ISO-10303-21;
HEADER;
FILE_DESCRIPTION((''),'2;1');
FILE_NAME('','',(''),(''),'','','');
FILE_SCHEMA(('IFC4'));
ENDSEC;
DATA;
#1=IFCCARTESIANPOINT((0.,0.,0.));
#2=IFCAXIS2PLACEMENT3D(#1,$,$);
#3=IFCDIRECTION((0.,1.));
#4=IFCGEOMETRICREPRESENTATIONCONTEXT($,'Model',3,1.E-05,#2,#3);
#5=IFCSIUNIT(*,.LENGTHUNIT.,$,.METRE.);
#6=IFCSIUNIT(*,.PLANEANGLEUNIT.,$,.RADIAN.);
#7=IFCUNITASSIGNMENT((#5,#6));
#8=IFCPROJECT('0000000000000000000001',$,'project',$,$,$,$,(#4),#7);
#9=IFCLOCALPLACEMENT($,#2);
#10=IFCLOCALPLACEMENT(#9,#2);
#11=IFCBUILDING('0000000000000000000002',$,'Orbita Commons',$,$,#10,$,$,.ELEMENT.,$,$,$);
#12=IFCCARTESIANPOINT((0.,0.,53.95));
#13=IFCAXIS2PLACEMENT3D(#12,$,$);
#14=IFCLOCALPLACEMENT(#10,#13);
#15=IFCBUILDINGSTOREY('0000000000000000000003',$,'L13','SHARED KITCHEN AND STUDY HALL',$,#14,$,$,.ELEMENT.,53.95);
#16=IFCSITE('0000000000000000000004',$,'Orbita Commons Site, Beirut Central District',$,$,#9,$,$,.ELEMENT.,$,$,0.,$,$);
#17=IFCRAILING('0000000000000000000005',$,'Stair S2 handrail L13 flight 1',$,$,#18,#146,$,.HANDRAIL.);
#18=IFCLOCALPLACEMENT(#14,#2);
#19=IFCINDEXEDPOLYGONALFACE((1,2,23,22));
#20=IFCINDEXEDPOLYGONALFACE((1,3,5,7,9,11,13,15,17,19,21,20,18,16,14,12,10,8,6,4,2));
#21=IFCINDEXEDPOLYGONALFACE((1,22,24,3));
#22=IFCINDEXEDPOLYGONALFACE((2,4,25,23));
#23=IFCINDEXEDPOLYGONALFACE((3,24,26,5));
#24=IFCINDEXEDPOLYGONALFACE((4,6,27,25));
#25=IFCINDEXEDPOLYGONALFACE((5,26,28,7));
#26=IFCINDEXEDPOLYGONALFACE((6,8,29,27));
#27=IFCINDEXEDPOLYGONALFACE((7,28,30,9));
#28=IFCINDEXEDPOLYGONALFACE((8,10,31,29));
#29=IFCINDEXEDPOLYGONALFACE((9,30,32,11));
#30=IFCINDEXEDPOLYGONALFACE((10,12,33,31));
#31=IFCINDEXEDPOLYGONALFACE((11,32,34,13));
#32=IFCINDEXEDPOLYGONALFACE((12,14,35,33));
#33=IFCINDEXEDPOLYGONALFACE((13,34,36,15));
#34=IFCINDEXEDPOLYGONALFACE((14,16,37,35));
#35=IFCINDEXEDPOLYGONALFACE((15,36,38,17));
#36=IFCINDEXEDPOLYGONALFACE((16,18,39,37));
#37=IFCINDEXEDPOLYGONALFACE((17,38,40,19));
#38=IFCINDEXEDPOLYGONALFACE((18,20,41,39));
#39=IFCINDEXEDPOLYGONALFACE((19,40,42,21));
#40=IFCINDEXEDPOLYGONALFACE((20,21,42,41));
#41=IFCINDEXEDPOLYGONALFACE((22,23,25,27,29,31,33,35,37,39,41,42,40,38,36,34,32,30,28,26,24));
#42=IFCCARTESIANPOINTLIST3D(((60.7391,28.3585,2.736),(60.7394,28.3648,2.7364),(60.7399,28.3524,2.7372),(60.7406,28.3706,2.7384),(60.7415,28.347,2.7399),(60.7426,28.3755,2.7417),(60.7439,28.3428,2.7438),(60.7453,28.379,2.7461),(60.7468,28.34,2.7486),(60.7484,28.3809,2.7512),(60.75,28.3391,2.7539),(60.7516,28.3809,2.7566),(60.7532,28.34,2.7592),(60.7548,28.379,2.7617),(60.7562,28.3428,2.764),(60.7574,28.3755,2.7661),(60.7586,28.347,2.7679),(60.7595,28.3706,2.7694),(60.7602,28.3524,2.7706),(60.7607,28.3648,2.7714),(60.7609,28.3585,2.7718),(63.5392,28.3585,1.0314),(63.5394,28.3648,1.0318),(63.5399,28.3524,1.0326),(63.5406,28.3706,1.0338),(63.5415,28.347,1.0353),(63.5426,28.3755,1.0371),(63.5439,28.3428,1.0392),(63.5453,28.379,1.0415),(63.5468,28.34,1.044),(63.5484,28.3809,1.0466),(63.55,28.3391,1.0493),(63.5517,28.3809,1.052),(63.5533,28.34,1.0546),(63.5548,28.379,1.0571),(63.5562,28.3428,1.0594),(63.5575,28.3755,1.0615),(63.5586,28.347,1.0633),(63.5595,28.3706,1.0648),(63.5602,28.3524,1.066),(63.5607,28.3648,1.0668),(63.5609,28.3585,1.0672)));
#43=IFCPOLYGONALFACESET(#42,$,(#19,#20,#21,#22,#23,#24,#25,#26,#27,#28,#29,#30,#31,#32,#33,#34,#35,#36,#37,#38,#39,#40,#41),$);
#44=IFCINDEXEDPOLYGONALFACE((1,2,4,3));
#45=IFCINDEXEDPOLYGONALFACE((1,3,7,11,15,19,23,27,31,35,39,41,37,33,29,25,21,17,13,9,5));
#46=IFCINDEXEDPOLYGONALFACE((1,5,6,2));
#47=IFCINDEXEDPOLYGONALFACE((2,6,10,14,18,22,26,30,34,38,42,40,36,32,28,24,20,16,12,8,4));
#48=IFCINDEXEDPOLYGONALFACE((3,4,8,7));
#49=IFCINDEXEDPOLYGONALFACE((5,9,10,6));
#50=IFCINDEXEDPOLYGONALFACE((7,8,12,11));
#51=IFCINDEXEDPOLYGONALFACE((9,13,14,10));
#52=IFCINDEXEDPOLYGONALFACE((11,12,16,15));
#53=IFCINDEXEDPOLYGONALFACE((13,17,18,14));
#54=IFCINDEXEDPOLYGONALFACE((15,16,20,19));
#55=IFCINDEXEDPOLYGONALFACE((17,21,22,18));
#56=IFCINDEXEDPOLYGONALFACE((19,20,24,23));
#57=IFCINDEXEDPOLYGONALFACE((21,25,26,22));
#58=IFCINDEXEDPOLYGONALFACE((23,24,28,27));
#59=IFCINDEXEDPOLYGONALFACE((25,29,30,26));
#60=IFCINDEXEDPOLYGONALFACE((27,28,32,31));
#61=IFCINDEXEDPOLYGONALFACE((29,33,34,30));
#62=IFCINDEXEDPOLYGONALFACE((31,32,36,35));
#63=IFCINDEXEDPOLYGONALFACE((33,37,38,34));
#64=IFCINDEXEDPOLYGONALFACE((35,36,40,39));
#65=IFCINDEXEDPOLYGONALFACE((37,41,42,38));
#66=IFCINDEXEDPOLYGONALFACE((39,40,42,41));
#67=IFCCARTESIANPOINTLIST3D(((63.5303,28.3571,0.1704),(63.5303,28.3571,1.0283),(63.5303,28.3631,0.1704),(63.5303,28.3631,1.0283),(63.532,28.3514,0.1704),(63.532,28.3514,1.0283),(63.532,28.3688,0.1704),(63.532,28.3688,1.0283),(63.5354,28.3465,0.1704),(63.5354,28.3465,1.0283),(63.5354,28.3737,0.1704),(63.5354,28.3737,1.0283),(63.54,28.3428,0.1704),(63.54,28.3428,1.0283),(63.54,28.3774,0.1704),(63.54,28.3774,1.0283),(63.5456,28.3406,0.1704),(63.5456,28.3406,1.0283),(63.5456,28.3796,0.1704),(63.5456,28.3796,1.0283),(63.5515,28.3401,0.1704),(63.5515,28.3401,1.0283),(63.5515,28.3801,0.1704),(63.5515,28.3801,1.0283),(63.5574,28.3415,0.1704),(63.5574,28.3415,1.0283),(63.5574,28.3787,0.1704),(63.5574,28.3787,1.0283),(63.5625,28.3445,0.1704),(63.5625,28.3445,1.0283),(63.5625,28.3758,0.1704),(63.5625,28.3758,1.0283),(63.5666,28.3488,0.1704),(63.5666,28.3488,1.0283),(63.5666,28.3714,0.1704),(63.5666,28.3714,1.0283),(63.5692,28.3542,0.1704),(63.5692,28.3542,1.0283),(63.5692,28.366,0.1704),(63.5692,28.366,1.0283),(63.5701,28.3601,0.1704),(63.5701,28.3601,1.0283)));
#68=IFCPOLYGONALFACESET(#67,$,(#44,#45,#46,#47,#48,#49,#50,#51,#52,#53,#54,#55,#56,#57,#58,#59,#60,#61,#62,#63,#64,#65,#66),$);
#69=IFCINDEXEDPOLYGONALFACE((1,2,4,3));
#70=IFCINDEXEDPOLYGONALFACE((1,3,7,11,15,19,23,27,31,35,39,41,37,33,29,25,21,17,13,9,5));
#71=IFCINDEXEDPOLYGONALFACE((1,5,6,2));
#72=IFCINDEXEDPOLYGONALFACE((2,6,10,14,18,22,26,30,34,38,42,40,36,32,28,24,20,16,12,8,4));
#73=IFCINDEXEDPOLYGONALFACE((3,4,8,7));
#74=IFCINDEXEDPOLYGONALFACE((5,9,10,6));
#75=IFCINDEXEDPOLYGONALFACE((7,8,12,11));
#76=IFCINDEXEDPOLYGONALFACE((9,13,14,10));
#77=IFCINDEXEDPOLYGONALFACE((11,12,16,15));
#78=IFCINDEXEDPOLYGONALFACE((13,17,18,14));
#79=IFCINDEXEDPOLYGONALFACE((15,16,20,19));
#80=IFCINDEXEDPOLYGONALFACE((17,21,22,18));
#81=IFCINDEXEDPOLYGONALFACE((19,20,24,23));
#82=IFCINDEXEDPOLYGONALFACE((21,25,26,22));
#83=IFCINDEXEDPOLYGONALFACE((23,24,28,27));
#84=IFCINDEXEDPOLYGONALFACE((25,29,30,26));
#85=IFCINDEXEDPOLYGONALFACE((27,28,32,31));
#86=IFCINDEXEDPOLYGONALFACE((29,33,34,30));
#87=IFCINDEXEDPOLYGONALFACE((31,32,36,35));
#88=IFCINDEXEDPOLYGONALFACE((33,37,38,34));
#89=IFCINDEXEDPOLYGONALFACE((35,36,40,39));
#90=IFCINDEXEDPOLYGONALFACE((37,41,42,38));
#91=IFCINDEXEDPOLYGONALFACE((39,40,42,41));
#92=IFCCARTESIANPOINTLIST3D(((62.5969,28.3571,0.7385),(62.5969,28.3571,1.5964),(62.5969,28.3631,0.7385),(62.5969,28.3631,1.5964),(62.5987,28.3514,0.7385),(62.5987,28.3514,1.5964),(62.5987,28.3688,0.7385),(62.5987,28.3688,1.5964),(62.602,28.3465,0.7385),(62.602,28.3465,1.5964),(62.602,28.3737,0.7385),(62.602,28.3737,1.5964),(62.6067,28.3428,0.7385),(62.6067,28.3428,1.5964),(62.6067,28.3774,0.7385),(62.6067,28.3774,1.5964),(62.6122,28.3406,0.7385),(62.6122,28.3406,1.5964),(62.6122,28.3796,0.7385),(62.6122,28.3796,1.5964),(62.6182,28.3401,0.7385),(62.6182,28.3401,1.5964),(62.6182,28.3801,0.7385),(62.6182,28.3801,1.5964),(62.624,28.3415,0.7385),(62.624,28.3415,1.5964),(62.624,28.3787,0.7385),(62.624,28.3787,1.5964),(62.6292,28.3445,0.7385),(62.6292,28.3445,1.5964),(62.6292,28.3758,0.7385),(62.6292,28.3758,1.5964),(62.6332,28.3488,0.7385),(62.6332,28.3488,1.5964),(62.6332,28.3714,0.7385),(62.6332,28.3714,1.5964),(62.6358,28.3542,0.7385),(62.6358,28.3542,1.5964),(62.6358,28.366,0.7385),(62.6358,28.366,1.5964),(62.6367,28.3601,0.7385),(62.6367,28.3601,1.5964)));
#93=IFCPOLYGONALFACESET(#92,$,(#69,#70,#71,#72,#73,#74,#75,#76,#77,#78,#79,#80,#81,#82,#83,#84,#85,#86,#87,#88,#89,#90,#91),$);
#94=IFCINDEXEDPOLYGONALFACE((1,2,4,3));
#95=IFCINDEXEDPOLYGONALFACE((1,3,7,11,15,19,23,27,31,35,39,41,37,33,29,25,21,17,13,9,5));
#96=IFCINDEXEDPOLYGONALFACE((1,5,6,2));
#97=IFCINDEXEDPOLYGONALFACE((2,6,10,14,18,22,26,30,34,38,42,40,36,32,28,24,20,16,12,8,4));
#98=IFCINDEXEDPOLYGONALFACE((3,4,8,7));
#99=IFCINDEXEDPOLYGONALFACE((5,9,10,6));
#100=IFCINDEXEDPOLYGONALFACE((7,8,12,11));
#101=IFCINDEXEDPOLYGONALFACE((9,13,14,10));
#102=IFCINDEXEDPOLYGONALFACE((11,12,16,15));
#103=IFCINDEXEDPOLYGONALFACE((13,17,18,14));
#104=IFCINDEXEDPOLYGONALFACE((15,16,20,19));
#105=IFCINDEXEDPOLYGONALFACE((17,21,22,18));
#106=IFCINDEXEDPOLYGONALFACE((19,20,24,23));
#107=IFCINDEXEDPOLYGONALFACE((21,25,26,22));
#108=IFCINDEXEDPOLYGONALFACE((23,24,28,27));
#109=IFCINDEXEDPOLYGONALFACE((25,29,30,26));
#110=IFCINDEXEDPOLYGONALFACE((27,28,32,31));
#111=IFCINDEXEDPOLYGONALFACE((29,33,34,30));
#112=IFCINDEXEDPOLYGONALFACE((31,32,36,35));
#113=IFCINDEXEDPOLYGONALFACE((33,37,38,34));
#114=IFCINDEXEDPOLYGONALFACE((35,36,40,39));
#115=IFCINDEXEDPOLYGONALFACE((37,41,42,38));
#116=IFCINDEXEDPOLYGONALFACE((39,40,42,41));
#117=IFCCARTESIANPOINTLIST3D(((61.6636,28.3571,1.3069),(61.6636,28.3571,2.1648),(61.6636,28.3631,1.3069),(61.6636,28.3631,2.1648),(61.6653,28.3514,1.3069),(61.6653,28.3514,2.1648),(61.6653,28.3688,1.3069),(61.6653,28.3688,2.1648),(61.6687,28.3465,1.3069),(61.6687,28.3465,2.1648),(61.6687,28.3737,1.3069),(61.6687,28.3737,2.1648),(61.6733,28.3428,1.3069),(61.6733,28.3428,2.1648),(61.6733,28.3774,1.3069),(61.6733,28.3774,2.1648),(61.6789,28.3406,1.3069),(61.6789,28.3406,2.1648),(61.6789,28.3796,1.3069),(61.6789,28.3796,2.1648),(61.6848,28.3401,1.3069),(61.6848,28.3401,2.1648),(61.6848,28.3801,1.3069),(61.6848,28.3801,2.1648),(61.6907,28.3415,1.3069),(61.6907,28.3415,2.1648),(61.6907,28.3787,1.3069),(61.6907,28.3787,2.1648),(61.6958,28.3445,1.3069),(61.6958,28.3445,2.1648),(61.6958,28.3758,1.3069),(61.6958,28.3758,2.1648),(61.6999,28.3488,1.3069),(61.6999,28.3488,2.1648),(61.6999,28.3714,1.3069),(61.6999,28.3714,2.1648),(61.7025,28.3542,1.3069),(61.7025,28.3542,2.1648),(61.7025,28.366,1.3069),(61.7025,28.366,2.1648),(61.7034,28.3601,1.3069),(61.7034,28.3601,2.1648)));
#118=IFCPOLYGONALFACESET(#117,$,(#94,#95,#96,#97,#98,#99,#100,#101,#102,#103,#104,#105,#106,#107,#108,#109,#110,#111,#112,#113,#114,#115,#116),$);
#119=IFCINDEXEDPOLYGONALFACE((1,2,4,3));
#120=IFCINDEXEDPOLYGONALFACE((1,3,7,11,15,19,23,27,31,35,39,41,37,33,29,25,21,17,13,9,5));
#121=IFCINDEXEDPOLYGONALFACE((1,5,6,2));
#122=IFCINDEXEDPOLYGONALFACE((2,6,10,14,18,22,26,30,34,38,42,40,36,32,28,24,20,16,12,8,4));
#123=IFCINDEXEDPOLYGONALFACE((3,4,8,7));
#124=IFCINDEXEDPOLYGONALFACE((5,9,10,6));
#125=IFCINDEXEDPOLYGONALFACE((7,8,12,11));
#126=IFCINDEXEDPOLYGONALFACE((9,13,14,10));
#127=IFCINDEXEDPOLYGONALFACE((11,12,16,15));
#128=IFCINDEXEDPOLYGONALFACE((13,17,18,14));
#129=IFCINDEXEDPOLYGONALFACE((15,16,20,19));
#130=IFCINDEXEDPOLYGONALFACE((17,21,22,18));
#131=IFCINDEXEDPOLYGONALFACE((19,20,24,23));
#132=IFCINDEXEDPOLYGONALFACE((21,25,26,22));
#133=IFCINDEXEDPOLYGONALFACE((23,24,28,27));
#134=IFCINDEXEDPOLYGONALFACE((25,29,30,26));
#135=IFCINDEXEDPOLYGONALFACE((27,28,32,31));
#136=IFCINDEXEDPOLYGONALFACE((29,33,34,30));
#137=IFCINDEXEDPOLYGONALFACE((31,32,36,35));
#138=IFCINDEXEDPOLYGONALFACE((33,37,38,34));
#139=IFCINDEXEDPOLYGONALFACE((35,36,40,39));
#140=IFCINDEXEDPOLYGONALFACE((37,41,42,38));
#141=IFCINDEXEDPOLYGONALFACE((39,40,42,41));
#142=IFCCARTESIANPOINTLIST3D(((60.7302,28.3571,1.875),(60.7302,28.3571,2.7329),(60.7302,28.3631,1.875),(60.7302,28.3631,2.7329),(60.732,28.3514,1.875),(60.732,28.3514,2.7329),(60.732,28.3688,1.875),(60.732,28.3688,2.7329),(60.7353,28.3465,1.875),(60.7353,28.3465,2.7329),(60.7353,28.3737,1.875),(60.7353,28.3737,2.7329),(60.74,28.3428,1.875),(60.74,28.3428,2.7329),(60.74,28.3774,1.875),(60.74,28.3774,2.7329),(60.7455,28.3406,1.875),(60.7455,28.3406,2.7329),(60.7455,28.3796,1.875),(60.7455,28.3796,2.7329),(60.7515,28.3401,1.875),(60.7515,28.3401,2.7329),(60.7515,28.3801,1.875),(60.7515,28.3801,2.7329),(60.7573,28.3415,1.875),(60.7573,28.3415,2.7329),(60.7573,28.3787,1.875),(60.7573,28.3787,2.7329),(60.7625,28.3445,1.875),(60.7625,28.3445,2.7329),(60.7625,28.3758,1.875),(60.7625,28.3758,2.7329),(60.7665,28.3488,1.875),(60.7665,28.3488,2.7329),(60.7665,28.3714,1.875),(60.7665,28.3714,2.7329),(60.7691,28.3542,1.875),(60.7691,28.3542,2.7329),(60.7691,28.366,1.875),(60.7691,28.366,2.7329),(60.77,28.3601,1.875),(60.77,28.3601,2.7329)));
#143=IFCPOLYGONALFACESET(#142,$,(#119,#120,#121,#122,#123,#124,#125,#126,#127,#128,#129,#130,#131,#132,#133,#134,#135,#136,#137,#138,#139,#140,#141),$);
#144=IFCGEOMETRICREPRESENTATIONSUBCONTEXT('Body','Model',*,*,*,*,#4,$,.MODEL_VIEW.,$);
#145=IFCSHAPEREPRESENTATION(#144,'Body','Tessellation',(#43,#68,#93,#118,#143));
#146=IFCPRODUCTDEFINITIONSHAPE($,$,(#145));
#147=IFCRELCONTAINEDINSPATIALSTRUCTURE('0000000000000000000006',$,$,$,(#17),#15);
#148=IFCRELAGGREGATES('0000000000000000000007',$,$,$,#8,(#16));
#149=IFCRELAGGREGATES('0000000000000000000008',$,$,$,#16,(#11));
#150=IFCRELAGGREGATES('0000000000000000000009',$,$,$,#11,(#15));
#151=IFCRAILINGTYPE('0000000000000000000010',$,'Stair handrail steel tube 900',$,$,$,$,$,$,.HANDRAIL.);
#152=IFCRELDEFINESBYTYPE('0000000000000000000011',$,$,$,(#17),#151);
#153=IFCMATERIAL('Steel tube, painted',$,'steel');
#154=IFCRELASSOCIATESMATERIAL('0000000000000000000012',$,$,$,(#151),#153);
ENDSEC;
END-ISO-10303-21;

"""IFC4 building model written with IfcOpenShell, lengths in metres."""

from ifc_helpers import new_model, si_unit, direction, frame, origin, origin_2d, place, context, subcontext, project, spatial, circle, extrude, material, type_object, element, save


model = new_model("IFC4")

# Units and contexts
model_context = context("Model", 3, precision=1e-05, world=origin(), true_north=direction((0.0, 1.0)))
body_context = subcontext(model_context, "Body", "Model", "MODEL_VIEW")
ifc_project = project(units=[si_unit("LENGTHUNIT", "METRE"), si_unit("PLANEANGLEUNIT", "RADIAN")], contexts=[model_context])

# Site, building, storey
site_placement = place(None, origin())
site = spatial("IfcSite", under=ifc_project, at=site_placement, Name="Orbita Commons Site, Beirut Central District", CompositionType="ELEMENT", RefElevation=0.0)
building_placement = place(site_placement, origin())
building = spatial("IfcBuilding", under=site, at=building_placement, Name="Orbita Commons", CompositionType="ELEMENT")
storey_placement = place(building_placement, frame((0.0, 0.0, 53.95)))
storey = spatial("IfcBuildingStorey", under=building, at=storey_placement, Name="L13", Description="SHARED KITCHEN AND STUDY HALL", CompositionType="ELEMENT", Elevation=53.95)

# Railing
ifc_material_1 = material(Name="Steel tube, painted", Category="steel")
railing_type = type_object("IfcRailingType", Name="Stair handrail steel tube 900", PredefinedType="HANDRAIL", material=ifc_material_1)
railing_placement = place(storey_placement, frame((63.55, 28.3601, 0.1704)))
element("IfcRailing", 1, at=railing_placement, inside=storey, type_object=railing_type, Name="Stair S2 handrail L13 flight 1", PredefinedType="HANDRAIL", context=body_context, shape_type="SweptSolid", body=[
    extrude(circle(Radius=0.021, at=origin_2d()), frame((0.0, 0.0, 0.8789), z_axis=(-0.85417, 0.0, 0.519994), x_axis=(0.0, -1.0, 0.0)), (0.0, 0.0, 1.0), 3.2781),
    extrude(circle(Radius=0.02, at=origin_2d()), origin(), (0.0, 0.0, 1.0), 0.8579),
    extrude(circle(Radius=0.02, at=origin_2d()), frame((-0.9333, 0.0, 0.5681)), (0.0, 0.0, 1.0), 0.8579),
    extrude(circle(Radius=0.02, at=origin_2d()), frame((-1.8667, 0.0, 1.1365)), (0.0, 0.0, 1.0), 0.8579),
    extrude(circle(Radius=0.02, at=origin_2d()), frame((-2.8, 0.0, 1.7046)), (0.0, 0.0, 1.0), 0.8579),
])

save(model, "model.ifc")
